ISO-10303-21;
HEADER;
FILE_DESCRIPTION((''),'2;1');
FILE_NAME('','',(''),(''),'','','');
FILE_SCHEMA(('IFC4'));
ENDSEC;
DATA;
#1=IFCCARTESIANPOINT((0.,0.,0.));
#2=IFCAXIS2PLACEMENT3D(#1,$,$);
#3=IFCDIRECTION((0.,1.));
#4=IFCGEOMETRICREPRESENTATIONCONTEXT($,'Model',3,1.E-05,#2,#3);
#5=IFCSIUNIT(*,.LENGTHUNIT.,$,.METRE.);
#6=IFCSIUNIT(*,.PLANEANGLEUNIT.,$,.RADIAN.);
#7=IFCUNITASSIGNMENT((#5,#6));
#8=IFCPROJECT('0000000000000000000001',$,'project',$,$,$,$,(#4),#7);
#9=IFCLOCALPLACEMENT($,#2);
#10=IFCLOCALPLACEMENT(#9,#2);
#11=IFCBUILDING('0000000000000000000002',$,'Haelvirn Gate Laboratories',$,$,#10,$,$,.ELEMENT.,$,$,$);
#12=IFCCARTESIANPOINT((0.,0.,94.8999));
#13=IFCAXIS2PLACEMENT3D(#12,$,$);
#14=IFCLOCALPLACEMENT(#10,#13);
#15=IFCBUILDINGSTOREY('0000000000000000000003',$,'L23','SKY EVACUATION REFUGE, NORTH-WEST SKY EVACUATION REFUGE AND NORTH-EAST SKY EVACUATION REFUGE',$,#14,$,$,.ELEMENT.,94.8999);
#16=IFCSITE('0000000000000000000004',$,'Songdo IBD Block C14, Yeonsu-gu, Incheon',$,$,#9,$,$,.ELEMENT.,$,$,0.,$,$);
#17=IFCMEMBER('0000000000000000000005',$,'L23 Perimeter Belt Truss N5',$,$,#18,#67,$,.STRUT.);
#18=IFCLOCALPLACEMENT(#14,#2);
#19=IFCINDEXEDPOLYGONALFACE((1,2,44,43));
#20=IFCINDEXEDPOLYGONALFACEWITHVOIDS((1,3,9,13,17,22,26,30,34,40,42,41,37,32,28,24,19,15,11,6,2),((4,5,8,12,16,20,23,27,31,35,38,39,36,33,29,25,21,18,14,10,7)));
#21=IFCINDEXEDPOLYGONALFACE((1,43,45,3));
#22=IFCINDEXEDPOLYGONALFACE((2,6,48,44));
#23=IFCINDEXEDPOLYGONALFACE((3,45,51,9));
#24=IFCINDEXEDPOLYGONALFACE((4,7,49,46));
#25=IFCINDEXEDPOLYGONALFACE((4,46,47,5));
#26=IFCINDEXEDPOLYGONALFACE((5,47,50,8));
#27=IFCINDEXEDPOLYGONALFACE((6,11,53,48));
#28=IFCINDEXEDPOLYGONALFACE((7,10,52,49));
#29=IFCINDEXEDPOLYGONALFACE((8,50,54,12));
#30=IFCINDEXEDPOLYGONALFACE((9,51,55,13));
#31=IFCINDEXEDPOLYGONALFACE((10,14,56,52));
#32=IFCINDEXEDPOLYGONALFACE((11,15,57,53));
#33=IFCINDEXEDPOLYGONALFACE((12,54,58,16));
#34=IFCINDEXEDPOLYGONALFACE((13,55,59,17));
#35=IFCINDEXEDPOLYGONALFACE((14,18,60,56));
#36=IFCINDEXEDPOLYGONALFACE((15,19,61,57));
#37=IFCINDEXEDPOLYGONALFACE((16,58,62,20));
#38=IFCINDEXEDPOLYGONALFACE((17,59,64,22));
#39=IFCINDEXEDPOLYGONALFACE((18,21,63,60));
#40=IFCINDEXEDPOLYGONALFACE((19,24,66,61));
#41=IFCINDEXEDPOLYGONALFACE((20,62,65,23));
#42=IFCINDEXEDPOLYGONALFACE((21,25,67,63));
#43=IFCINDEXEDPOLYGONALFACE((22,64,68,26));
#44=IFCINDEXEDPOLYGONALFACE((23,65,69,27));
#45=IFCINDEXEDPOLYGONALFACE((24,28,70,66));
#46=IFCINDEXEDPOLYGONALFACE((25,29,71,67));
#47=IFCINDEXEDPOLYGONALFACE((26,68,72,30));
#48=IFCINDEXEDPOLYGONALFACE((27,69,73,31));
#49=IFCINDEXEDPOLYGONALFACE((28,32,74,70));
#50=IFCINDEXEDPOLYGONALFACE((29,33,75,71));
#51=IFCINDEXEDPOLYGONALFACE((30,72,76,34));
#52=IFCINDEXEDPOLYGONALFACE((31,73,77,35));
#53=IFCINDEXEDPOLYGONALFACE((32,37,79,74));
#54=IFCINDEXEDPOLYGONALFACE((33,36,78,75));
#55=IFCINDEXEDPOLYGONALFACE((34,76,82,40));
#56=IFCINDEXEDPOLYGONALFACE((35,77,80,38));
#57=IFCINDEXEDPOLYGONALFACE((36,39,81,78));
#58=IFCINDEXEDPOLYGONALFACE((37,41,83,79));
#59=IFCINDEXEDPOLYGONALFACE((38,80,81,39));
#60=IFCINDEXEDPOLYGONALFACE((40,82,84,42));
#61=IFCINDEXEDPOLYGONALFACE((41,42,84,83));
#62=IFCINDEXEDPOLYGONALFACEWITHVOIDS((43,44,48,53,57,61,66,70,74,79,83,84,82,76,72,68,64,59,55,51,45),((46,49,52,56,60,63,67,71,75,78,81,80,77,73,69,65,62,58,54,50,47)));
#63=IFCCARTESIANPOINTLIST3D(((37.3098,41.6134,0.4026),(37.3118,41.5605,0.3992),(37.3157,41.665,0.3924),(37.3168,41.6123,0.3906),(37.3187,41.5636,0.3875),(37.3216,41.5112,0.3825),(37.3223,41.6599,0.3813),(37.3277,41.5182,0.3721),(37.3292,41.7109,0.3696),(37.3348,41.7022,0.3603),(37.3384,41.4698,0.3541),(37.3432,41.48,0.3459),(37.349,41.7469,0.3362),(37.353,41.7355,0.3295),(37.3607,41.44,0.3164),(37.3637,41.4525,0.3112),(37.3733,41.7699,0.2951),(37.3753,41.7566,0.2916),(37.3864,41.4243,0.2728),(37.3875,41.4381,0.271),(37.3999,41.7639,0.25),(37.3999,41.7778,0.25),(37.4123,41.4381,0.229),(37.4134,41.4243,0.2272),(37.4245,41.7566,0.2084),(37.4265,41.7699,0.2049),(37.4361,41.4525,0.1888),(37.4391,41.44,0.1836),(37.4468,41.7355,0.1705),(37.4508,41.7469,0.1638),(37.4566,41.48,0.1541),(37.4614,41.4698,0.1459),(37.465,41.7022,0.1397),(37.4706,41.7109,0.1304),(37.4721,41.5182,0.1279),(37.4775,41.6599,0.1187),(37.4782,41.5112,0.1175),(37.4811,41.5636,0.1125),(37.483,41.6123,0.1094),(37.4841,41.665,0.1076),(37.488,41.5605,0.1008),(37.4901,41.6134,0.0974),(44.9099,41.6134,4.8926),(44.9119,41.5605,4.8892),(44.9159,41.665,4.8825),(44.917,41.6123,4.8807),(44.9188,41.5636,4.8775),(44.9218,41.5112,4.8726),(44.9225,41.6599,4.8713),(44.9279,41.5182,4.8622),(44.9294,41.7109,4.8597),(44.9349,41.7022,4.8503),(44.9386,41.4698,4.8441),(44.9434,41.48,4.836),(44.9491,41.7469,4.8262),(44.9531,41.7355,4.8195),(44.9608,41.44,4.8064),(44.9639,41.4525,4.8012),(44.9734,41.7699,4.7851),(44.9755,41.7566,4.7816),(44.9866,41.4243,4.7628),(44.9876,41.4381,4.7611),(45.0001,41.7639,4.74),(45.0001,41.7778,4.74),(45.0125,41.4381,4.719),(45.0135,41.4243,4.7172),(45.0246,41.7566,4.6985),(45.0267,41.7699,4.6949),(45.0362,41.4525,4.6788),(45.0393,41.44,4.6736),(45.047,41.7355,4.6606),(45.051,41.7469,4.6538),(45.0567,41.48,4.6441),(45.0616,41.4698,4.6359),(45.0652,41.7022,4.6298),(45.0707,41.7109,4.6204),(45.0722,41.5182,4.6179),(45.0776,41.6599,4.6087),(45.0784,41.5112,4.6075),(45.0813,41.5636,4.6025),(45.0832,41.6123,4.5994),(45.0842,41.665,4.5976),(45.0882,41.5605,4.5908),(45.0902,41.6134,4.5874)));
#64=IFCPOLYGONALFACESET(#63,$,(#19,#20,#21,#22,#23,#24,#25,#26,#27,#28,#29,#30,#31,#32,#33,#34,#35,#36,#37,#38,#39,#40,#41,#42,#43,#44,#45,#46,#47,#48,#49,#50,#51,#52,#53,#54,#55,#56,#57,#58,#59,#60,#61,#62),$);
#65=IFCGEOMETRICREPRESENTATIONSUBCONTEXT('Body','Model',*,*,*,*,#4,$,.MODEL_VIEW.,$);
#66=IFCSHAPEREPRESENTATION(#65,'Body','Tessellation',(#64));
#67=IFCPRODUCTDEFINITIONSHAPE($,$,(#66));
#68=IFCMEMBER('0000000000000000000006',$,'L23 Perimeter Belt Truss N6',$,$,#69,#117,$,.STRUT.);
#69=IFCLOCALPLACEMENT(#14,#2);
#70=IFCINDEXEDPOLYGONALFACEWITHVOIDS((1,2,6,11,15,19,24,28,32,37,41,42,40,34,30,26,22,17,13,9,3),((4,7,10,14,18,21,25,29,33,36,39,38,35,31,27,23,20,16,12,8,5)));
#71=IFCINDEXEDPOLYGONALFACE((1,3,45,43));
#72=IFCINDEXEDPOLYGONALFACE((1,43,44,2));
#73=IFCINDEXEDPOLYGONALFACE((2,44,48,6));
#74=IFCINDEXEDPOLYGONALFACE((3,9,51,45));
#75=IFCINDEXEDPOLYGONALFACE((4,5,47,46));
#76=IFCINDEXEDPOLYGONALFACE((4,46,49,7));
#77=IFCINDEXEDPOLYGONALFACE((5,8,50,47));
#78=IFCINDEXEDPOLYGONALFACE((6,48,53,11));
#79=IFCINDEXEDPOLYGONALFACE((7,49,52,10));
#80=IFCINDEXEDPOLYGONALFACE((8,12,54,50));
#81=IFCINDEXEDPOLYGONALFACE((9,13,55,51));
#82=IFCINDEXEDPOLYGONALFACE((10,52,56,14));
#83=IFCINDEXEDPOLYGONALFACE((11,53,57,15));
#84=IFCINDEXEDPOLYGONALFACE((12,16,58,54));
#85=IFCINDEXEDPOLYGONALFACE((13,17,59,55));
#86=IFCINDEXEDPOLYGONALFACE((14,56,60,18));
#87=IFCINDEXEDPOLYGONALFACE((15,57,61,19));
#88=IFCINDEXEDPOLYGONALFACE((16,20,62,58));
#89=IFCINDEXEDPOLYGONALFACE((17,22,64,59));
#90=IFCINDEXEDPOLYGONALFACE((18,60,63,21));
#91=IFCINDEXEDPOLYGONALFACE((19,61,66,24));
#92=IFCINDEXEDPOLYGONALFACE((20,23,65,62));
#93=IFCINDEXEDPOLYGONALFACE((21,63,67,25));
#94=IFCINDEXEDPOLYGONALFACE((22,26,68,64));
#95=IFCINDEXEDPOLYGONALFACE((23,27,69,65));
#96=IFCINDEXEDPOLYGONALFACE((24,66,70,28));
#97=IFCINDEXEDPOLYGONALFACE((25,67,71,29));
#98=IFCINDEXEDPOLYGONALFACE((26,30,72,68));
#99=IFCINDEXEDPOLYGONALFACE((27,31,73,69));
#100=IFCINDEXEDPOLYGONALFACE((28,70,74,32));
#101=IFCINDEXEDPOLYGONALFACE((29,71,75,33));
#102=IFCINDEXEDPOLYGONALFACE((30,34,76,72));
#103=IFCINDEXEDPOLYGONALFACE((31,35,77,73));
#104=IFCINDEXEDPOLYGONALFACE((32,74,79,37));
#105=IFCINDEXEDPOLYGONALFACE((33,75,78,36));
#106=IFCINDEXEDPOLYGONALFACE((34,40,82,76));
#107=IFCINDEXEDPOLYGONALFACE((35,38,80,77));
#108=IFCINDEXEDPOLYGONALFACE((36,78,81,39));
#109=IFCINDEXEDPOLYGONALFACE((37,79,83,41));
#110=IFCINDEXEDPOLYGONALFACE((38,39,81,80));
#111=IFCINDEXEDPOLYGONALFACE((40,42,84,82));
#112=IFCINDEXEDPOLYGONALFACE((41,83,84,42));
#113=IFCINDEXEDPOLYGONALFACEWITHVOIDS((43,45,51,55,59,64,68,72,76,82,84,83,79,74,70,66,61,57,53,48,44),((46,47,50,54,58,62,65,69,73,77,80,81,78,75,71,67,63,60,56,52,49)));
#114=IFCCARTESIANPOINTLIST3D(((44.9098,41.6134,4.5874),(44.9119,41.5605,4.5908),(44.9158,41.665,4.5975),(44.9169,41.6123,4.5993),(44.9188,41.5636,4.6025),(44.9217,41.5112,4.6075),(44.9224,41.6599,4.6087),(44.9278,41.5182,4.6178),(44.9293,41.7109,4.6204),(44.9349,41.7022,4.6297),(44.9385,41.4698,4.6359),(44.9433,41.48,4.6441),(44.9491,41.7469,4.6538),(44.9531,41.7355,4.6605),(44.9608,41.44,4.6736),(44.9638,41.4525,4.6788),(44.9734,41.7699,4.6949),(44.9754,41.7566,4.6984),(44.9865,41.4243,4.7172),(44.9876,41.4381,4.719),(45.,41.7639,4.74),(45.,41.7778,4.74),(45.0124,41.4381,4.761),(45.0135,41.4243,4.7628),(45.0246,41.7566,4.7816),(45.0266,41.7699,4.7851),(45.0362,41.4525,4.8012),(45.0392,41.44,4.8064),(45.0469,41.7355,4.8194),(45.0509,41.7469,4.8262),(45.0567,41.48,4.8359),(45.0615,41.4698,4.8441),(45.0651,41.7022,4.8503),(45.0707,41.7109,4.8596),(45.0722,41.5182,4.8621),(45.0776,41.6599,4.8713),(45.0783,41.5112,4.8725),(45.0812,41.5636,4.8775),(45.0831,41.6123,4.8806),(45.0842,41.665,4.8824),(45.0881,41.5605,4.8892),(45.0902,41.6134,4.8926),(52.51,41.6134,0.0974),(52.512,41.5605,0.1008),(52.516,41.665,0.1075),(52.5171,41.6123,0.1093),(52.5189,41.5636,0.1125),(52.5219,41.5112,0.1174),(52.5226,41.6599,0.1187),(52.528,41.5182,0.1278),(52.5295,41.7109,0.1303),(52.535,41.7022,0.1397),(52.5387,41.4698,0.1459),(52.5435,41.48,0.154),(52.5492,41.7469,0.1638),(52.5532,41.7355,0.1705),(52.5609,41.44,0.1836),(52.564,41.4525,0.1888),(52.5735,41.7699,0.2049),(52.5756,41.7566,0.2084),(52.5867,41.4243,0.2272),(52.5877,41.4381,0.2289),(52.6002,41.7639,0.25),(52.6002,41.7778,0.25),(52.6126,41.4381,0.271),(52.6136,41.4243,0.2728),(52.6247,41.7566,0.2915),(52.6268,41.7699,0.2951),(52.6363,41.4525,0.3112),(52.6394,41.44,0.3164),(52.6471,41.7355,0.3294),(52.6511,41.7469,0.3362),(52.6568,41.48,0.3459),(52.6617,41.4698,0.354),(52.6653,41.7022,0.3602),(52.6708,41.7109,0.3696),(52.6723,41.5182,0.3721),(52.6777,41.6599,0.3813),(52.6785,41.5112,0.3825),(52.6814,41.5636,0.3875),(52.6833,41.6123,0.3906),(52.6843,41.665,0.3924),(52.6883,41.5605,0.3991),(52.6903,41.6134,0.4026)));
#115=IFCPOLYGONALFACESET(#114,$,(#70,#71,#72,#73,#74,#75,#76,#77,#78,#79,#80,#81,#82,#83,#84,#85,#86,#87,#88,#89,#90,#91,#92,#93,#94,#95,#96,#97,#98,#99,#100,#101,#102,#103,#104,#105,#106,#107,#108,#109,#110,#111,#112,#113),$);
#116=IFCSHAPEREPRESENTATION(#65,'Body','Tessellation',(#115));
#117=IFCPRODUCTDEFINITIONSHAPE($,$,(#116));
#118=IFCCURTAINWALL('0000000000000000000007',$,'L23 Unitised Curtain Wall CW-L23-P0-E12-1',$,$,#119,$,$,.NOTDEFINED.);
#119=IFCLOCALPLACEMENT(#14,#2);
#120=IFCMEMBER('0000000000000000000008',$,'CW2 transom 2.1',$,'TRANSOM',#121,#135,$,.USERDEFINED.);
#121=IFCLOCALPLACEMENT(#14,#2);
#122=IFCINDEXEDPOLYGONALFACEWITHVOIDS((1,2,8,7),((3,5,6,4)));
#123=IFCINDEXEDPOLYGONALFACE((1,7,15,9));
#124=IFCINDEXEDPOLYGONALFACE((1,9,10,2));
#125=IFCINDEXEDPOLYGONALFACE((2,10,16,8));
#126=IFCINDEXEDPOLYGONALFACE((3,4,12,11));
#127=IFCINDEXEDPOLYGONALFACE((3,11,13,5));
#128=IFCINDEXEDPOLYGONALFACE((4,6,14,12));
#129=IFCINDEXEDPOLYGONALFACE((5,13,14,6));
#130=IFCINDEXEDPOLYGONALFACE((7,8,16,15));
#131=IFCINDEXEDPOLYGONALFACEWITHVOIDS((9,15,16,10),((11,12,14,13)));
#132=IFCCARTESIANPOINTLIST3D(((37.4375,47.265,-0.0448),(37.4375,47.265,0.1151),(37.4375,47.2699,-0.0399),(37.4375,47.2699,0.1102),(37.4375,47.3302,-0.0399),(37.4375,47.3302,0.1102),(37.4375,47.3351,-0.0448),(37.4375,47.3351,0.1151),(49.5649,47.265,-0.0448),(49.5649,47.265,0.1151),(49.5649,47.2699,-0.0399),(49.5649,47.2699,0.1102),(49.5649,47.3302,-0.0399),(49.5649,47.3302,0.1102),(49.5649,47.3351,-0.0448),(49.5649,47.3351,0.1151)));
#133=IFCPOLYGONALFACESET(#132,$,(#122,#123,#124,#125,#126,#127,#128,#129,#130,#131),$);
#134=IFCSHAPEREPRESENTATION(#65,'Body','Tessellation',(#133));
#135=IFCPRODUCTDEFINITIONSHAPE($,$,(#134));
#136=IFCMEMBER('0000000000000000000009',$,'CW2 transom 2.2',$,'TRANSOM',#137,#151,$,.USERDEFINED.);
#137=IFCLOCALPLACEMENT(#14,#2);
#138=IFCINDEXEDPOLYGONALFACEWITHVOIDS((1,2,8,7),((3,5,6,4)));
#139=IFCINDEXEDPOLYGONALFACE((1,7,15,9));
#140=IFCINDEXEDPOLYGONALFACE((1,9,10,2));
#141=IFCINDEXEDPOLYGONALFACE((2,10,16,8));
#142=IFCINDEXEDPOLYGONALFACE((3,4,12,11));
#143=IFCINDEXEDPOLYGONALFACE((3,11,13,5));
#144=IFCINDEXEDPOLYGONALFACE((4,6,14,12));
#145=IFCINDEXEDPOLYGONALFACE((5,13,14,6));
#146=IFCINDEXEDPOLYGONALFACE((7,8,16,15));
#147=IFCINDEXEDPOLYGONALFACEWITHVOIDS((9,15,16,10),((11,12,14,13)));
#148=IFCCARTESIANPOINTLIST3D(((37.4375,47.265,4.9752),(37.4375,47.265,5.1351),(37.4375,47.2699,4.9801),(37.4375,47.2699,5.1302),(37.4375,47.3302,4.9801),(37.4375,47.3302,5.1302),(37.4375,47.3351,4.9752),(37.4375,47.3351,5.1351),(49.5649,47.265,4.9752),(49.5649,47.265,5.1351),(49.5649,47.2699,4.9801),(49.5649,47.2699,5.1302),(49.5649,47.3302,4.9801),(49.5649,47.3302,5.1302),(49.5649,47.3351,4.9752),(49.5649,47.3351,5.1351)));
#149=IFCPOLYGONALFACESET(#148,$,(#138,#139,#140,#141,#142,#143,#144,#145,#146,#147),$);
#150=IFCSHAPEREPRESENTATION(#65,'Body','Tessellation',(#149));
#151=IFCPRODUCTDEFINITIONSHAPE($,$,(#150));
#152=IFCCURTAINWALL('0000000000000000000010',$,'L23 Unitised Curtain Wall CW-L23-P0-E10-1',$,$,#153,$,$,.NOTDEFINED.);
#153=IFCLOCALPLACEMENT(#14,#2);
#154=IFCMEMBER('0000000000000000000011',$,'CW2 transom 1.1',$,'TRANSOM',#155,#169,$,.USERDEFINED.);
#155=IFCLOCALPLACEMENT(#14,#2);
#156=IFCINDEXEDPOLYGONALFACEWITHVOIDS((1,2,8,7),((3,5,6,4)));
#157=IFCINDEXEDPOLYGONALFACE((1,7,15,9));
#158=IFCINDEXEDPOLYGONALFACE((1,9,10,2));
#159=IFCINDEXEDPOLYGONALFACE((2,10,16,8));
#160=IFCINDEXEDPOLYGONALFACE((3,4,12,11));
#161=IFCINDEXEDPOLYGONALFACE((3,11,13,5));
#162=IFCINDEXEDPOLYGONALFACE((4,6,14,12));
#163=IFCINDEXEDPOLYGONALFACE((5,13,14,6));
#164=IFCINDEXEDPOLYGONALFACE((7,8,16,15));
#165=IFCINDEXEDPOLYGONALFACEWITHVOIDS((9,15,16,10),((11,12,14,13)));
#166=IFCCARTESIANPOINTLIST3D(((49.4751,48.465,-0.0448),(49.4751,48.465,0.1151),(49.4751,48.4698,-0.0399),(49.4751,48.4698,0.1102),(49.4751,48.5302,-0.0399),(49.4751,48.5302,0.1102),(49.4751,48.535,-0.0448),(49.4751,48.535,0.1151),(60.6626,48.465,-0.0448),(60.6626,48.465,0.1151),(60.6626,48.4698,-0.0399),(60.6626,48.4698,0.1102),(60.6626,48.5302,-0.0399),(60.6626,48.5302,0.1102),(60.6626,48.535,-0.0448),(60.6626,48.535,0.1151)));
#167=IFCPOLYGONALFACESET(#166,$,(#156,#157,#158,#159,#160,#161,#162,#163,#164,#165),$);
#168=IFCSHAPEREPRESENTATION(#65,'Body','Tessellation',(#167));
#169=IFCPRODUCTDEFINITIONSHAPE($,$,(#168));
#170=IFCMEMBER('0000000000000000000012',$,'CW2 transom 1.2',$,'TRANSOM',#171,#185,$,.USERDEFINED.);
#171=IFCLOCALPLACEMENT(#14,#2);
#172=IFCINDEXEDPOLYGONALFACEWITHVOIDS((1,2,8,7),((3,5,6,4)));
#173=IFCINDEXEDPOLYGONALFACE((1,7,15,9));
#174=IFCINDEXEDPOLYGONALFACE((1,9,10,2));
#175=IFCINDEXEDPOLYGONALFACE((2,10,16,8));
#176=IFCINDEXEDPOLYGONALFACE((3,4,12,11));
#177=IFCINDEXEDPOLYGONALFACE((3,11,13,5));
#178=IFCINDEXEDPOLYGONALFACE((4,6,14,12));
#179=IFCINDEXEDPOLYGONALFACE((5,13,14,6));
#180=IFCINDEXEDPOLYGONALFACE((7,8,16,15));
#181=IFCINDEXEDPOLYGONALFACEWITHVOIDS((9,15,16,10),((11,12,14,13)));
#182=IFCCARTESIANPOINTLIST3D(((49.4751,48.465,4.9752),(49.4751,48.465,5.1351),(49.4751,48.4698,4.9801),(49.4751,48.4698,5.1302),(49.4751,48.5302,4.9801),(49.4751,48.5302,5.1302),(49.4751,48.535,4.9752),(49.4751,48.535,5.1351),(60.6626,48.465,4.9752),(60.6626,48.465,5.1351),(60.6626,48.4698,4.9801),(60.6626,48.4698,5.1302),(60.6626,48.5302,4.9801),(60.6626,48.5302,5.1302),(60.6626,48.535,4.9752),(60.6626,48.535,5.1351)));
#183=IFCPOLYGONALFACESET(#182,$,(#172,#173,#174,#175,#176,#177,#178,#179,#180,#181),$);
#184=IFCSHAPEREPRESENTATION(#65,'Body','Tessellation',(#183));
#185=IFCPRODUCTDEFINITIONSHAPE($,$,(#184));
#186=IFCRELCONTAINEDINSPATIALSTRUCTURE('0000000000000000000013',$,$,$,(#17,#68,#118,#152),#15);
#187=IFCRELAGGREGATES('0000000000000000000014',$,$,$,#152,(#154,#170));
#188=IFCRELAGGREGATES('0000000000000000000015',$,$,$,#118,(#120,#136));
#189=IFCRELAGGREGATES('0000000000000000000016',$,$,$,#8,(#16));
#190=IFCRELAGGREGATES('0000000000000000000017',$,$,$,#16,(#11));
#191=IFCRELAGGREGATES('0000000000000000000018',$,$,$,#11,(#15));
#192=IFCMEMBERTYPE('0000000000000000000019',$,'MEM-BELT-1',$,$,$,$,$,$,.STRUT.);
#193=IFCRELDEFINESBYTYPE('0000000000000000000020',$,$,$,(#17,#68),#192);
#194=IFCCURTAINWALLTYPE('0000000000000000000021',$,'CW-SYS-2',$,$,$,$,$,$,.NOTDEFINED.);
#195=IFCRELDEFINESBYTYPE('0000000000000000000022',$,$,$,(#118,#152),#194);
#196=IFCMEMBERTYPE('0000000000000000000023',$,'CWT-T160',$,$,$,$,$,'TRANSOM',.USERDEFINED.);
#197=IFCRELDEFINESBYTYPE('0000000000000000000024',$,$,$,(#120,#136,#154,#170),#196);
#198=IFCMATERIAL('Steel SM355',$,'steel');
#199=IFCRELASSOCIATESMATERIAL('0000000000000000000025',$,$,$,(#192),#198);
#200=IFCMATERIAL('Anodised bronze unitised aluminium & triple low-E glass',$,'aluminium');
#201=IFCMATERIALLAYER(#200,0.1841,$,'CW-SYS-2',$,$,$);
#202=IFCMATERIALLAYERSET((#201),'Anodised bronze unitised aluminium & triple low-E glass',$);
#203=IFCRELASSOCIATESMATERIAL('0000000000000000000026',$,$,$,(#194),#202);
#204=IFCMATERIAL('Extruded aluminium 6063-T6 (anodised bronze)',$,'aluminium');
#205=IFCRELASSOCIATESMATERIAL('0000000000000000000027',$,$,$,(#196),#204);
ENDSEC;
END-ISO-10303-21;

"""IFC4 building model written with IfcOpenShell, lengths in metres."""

from ifc_helpers import new_model, si_unit, direction, frame, origin, origin_2d, place, context, subcontext, project, spatial, hollow_rectangle, hollow_circle, extrude, source, transform, mapped, material, layer, layer_set, material_profile, profile_set, type_object, type_shapes, element, aggregate, save


model = new_model("IFC4")

# Units and contexts
model_context = context("Model", 3, precision=1e-05, world=origin(), true_north=direction((0.0, 1.0)))
body_context = subcontext(model_context, "Body", "Model", "MODEL_VIEW")
ifc_project = project(units=[si_unit("LENGTHUNIT", "METRE"), si_unit("PLANEANGLEUNIT", "RADIAN")], contexts=[model_context])

# Site, building, storey
site_placement = place(None, origin())
site = spatial("IfcSite", under=ifc_project, at=site_placement, Name="Songdo IBD Block C14, Yeonsu-gu, Incheon", CompositionType="ELEMENT", RefElevation=0.0)
building_placement = place(site_placement, origin())
building = spatial("IfcBuilding", under=site, at=building_placement, Name="Haelvirn Gate Laboratories", CompositionType="ELEMENT")
storey_placement = place(building_placement, frame((0.0, 0.0, 94.8999)))
storey = spatial("IfcBuildingStorey", under=building, at=storey_placement, Name="L23", Description="SKY EVACUATION REFUGE, NORTH-WEST SKY EVACUATION REFUGE AND NORTH-EAST SKY EVACUATION REFUGE", CompositionType="ELEMENT", Elevation=94.8999)

# Shared definitions
ifc_material_1 = material(Name="Steel SM355", Category="steel")

# Members
ifc_material_profile_1 = material_profile(ifc_material_1, hollow_circle(Radius=0.1777, WallThickness=0.0139, at=origin_2d()), Name="CHS-355x14")
ifc_profile_set_1 = profile_set([ifc_material_profile_1], Name="Steel SM355")
member_type_1 = type_object("IfcMemberType", Name="MEM-BELT-1", PredefinedType="STRUT", material=ifc_profile_set_1)
shared_shape_1 = source(origin(), body_context, "Body", "SweptSolid", [
    extrude(hollow_circle(Radius=0.1777, WallThickness=0.0139, at=origin_2d()), origin(), (0.0, 0.0, 1.0), 8.8274),
])
for number, where, z_axis, x_axis, name in (
    (1, (37.3999, 41.6001, 0.25), (0.860975, 0.0, 0.508647), (0.0, 1.0, 0.0), "L23 Perimeter Belt Truss N5"),
    (2, (45.0, 41.6001, 4.74), (0.860975, 0.0, -0.508647), (0.0, 1.0, 0.0), "L23 Perimeter Belt Truss N6"),
):
    element("IfcMember", number, at=place(storey_placement, frame(where, z_axis=z_axis, x_axis=x_axis)), inside=storey, type_object=member_type_1, Name=name, PredefinedType="STRUT", context=body_context, shape_type="MappedRepresentation", body=[
        mapped(shared_shape_1, transform((0.0, 0.0, 0.0), scale=1.0)),
    ])

# Curtain walls, members
ifc_material_2 = material(Name="Anodised bronze unitised aluminium & triple low-E glass", Category="aluminium")
ifc_layer_1 = layer(ifc_material_2, 0.1841, Name="CW-SYS-2")
ifc_layer_set_1 = layer_set([ifc_layer_1], Name="Anodised bronze unitised aluminium & triple low-E glass")
curtain_wall_type = type_object("IfcCurtainWallType", Name="CW-SYS-2", PredefinedType="NOTDEFINED", material=ifc_layer_set_1)
curtain_wall_1_placement = place(storey_placement, origin())
curtain_wall_1 = element("IfcCurtainWall", 3, at=curtain_wall_1_placement, inside=storey, type_object=curtain_wall_type, Name="L23 Unitised Curtain Wall CW-L23-P0-E12-1", PredefinedType="NOTDEFINED")
ifc_material_3 = material(Name="Extruded aluminium 6063-T6 (anodised bronze)", Category="aluminium")
ifc_material_profile_2 = material_profile(ifc_material_3, hollow_rectangle(XDim=0.0701, YDim=0.1599, WallThickness=0.0049, at=origin_2d()), Name="CWT-160x70x5")
ifc_profile_set_2 = profile_set([ifc_material_profile_2], Name="Extruded aluminium 6063-T6 (anodised bronze)")
member_type_2 = type_object("IfcMemberType", Name="CWT-T160", ElementType="TRANSOM", PredefinedType="USERDEFINED", material=ifc_profile_set_2)
shared_shape_2 = source(origin(), body_context, "Body", "SweptSolid", [
    extrude(hollow_rectangle(XDim=0.0701, YDim=0.1599, WallThickness=0.0049, at=origin_2d()), origin(), (0.0, 0.0, 1.0), 12.1274),
])
member_1_placement = place(storey_placement, frame((37.4375, 47.3, 0.0352), z_axis=(1.0, 0.0, 0.0), x_axis=(0.0, 1.0, 0.0)))
member_1 = element("IfcMember", 4, at=member_1_placement, type_object=member_type_2, Name="CW2 transom 2.1", ObjectType="TRANSOM", PredefinedType="USERDEFINED", context=body_context, shape_type="MappedRepresentation", body=[
    mapped(shared_shape_2, transform((0.0, 0.0, 0.0), scale=1.0)),
])
member_2_placement = place(storey_placement, frame((37.4375, 47.3, 5.0552), z_axis=(1.0, 0.0, 0.0), x_axis=(0.0, 1.0, 0.0)))
member_2 = element("IfcMember", 5, at=member_2_placement, type_object=member_type_2, Name="CW2 transom 2.2", ObjectType="TRANSOM", PredefinedType="USERDEFINED", context=body_context, shape_type="MappedRepresentation", body=[
    mapped(shared_shape_2, transform((0.0, 0.0, 0.0), scale=1.0)),
])
curtain_wall_2_placement = place(storey_placement, origin())
curtain_wall_2 = element("IfcCurtainWall", 6, at=curtain_wall_2_placement, inside=storey, type_object=curtain_wall_type, Name="L23 Unitised Curtain Wall CW-L23-P0-E10-1", PredefinedType="NOTDEFINED")
shared_shape_3 = source(origin(), body_context, "Body", "SweptSolid", [
    extrude(hollow_rectangle(XDim=0.0701, YDim=0.1599, WallThickness=0.0049, at=origin_2d()), origin(), (0.0, 0.0, 1.0), 11.1875),
])
type_shapes(member_type_2, [shared_shape_2, shared_shape_3])
member_3_placement = place(storey_placement, frame((49.4751, 48.5, 0.0352), z_axis=(1.0, 0.0, 0.0), x_axis=(0.0, 1.0, 0.0)))
member_3 = element("IfcMember", 7, at=member_3_placement, type_object=member_type_2, Name="CW2 transom 1.1", ObjectType="TRANSOM", PredefinedType="USERDEFINED", context=body_context, shape_type="MappedRepresentation", body=[
    mapped(shared_shape_3, transform((0.0, 0.0, 0.0), scale=1.0)),
])
member_4_placement = place(storey_placement, frame((49.4751, 48.5, 5.0552), z_axis=(1.0, 0.0, 0.0), x_axis=(0.0, 1.0, 0.0)))
member_4 = element("IfcMember", 8, at=member_4_placement, type_object=member_type_2, Name="CW2 transom 1.2", ObjectType="TRANSOM", PredefinedType="USERDEFINED", context=body_context, shape_type="MappedRepresentation", body=[
    mapped(shared_shape_3, transform((0.0, 0.0, 0.0), scale=1.0)),
])
aggregate(curtain_wall_2, [member_3, member_4])

aggregate(curtain_wall_1, [member_1, member_2])

save(model, "model.ifc")
